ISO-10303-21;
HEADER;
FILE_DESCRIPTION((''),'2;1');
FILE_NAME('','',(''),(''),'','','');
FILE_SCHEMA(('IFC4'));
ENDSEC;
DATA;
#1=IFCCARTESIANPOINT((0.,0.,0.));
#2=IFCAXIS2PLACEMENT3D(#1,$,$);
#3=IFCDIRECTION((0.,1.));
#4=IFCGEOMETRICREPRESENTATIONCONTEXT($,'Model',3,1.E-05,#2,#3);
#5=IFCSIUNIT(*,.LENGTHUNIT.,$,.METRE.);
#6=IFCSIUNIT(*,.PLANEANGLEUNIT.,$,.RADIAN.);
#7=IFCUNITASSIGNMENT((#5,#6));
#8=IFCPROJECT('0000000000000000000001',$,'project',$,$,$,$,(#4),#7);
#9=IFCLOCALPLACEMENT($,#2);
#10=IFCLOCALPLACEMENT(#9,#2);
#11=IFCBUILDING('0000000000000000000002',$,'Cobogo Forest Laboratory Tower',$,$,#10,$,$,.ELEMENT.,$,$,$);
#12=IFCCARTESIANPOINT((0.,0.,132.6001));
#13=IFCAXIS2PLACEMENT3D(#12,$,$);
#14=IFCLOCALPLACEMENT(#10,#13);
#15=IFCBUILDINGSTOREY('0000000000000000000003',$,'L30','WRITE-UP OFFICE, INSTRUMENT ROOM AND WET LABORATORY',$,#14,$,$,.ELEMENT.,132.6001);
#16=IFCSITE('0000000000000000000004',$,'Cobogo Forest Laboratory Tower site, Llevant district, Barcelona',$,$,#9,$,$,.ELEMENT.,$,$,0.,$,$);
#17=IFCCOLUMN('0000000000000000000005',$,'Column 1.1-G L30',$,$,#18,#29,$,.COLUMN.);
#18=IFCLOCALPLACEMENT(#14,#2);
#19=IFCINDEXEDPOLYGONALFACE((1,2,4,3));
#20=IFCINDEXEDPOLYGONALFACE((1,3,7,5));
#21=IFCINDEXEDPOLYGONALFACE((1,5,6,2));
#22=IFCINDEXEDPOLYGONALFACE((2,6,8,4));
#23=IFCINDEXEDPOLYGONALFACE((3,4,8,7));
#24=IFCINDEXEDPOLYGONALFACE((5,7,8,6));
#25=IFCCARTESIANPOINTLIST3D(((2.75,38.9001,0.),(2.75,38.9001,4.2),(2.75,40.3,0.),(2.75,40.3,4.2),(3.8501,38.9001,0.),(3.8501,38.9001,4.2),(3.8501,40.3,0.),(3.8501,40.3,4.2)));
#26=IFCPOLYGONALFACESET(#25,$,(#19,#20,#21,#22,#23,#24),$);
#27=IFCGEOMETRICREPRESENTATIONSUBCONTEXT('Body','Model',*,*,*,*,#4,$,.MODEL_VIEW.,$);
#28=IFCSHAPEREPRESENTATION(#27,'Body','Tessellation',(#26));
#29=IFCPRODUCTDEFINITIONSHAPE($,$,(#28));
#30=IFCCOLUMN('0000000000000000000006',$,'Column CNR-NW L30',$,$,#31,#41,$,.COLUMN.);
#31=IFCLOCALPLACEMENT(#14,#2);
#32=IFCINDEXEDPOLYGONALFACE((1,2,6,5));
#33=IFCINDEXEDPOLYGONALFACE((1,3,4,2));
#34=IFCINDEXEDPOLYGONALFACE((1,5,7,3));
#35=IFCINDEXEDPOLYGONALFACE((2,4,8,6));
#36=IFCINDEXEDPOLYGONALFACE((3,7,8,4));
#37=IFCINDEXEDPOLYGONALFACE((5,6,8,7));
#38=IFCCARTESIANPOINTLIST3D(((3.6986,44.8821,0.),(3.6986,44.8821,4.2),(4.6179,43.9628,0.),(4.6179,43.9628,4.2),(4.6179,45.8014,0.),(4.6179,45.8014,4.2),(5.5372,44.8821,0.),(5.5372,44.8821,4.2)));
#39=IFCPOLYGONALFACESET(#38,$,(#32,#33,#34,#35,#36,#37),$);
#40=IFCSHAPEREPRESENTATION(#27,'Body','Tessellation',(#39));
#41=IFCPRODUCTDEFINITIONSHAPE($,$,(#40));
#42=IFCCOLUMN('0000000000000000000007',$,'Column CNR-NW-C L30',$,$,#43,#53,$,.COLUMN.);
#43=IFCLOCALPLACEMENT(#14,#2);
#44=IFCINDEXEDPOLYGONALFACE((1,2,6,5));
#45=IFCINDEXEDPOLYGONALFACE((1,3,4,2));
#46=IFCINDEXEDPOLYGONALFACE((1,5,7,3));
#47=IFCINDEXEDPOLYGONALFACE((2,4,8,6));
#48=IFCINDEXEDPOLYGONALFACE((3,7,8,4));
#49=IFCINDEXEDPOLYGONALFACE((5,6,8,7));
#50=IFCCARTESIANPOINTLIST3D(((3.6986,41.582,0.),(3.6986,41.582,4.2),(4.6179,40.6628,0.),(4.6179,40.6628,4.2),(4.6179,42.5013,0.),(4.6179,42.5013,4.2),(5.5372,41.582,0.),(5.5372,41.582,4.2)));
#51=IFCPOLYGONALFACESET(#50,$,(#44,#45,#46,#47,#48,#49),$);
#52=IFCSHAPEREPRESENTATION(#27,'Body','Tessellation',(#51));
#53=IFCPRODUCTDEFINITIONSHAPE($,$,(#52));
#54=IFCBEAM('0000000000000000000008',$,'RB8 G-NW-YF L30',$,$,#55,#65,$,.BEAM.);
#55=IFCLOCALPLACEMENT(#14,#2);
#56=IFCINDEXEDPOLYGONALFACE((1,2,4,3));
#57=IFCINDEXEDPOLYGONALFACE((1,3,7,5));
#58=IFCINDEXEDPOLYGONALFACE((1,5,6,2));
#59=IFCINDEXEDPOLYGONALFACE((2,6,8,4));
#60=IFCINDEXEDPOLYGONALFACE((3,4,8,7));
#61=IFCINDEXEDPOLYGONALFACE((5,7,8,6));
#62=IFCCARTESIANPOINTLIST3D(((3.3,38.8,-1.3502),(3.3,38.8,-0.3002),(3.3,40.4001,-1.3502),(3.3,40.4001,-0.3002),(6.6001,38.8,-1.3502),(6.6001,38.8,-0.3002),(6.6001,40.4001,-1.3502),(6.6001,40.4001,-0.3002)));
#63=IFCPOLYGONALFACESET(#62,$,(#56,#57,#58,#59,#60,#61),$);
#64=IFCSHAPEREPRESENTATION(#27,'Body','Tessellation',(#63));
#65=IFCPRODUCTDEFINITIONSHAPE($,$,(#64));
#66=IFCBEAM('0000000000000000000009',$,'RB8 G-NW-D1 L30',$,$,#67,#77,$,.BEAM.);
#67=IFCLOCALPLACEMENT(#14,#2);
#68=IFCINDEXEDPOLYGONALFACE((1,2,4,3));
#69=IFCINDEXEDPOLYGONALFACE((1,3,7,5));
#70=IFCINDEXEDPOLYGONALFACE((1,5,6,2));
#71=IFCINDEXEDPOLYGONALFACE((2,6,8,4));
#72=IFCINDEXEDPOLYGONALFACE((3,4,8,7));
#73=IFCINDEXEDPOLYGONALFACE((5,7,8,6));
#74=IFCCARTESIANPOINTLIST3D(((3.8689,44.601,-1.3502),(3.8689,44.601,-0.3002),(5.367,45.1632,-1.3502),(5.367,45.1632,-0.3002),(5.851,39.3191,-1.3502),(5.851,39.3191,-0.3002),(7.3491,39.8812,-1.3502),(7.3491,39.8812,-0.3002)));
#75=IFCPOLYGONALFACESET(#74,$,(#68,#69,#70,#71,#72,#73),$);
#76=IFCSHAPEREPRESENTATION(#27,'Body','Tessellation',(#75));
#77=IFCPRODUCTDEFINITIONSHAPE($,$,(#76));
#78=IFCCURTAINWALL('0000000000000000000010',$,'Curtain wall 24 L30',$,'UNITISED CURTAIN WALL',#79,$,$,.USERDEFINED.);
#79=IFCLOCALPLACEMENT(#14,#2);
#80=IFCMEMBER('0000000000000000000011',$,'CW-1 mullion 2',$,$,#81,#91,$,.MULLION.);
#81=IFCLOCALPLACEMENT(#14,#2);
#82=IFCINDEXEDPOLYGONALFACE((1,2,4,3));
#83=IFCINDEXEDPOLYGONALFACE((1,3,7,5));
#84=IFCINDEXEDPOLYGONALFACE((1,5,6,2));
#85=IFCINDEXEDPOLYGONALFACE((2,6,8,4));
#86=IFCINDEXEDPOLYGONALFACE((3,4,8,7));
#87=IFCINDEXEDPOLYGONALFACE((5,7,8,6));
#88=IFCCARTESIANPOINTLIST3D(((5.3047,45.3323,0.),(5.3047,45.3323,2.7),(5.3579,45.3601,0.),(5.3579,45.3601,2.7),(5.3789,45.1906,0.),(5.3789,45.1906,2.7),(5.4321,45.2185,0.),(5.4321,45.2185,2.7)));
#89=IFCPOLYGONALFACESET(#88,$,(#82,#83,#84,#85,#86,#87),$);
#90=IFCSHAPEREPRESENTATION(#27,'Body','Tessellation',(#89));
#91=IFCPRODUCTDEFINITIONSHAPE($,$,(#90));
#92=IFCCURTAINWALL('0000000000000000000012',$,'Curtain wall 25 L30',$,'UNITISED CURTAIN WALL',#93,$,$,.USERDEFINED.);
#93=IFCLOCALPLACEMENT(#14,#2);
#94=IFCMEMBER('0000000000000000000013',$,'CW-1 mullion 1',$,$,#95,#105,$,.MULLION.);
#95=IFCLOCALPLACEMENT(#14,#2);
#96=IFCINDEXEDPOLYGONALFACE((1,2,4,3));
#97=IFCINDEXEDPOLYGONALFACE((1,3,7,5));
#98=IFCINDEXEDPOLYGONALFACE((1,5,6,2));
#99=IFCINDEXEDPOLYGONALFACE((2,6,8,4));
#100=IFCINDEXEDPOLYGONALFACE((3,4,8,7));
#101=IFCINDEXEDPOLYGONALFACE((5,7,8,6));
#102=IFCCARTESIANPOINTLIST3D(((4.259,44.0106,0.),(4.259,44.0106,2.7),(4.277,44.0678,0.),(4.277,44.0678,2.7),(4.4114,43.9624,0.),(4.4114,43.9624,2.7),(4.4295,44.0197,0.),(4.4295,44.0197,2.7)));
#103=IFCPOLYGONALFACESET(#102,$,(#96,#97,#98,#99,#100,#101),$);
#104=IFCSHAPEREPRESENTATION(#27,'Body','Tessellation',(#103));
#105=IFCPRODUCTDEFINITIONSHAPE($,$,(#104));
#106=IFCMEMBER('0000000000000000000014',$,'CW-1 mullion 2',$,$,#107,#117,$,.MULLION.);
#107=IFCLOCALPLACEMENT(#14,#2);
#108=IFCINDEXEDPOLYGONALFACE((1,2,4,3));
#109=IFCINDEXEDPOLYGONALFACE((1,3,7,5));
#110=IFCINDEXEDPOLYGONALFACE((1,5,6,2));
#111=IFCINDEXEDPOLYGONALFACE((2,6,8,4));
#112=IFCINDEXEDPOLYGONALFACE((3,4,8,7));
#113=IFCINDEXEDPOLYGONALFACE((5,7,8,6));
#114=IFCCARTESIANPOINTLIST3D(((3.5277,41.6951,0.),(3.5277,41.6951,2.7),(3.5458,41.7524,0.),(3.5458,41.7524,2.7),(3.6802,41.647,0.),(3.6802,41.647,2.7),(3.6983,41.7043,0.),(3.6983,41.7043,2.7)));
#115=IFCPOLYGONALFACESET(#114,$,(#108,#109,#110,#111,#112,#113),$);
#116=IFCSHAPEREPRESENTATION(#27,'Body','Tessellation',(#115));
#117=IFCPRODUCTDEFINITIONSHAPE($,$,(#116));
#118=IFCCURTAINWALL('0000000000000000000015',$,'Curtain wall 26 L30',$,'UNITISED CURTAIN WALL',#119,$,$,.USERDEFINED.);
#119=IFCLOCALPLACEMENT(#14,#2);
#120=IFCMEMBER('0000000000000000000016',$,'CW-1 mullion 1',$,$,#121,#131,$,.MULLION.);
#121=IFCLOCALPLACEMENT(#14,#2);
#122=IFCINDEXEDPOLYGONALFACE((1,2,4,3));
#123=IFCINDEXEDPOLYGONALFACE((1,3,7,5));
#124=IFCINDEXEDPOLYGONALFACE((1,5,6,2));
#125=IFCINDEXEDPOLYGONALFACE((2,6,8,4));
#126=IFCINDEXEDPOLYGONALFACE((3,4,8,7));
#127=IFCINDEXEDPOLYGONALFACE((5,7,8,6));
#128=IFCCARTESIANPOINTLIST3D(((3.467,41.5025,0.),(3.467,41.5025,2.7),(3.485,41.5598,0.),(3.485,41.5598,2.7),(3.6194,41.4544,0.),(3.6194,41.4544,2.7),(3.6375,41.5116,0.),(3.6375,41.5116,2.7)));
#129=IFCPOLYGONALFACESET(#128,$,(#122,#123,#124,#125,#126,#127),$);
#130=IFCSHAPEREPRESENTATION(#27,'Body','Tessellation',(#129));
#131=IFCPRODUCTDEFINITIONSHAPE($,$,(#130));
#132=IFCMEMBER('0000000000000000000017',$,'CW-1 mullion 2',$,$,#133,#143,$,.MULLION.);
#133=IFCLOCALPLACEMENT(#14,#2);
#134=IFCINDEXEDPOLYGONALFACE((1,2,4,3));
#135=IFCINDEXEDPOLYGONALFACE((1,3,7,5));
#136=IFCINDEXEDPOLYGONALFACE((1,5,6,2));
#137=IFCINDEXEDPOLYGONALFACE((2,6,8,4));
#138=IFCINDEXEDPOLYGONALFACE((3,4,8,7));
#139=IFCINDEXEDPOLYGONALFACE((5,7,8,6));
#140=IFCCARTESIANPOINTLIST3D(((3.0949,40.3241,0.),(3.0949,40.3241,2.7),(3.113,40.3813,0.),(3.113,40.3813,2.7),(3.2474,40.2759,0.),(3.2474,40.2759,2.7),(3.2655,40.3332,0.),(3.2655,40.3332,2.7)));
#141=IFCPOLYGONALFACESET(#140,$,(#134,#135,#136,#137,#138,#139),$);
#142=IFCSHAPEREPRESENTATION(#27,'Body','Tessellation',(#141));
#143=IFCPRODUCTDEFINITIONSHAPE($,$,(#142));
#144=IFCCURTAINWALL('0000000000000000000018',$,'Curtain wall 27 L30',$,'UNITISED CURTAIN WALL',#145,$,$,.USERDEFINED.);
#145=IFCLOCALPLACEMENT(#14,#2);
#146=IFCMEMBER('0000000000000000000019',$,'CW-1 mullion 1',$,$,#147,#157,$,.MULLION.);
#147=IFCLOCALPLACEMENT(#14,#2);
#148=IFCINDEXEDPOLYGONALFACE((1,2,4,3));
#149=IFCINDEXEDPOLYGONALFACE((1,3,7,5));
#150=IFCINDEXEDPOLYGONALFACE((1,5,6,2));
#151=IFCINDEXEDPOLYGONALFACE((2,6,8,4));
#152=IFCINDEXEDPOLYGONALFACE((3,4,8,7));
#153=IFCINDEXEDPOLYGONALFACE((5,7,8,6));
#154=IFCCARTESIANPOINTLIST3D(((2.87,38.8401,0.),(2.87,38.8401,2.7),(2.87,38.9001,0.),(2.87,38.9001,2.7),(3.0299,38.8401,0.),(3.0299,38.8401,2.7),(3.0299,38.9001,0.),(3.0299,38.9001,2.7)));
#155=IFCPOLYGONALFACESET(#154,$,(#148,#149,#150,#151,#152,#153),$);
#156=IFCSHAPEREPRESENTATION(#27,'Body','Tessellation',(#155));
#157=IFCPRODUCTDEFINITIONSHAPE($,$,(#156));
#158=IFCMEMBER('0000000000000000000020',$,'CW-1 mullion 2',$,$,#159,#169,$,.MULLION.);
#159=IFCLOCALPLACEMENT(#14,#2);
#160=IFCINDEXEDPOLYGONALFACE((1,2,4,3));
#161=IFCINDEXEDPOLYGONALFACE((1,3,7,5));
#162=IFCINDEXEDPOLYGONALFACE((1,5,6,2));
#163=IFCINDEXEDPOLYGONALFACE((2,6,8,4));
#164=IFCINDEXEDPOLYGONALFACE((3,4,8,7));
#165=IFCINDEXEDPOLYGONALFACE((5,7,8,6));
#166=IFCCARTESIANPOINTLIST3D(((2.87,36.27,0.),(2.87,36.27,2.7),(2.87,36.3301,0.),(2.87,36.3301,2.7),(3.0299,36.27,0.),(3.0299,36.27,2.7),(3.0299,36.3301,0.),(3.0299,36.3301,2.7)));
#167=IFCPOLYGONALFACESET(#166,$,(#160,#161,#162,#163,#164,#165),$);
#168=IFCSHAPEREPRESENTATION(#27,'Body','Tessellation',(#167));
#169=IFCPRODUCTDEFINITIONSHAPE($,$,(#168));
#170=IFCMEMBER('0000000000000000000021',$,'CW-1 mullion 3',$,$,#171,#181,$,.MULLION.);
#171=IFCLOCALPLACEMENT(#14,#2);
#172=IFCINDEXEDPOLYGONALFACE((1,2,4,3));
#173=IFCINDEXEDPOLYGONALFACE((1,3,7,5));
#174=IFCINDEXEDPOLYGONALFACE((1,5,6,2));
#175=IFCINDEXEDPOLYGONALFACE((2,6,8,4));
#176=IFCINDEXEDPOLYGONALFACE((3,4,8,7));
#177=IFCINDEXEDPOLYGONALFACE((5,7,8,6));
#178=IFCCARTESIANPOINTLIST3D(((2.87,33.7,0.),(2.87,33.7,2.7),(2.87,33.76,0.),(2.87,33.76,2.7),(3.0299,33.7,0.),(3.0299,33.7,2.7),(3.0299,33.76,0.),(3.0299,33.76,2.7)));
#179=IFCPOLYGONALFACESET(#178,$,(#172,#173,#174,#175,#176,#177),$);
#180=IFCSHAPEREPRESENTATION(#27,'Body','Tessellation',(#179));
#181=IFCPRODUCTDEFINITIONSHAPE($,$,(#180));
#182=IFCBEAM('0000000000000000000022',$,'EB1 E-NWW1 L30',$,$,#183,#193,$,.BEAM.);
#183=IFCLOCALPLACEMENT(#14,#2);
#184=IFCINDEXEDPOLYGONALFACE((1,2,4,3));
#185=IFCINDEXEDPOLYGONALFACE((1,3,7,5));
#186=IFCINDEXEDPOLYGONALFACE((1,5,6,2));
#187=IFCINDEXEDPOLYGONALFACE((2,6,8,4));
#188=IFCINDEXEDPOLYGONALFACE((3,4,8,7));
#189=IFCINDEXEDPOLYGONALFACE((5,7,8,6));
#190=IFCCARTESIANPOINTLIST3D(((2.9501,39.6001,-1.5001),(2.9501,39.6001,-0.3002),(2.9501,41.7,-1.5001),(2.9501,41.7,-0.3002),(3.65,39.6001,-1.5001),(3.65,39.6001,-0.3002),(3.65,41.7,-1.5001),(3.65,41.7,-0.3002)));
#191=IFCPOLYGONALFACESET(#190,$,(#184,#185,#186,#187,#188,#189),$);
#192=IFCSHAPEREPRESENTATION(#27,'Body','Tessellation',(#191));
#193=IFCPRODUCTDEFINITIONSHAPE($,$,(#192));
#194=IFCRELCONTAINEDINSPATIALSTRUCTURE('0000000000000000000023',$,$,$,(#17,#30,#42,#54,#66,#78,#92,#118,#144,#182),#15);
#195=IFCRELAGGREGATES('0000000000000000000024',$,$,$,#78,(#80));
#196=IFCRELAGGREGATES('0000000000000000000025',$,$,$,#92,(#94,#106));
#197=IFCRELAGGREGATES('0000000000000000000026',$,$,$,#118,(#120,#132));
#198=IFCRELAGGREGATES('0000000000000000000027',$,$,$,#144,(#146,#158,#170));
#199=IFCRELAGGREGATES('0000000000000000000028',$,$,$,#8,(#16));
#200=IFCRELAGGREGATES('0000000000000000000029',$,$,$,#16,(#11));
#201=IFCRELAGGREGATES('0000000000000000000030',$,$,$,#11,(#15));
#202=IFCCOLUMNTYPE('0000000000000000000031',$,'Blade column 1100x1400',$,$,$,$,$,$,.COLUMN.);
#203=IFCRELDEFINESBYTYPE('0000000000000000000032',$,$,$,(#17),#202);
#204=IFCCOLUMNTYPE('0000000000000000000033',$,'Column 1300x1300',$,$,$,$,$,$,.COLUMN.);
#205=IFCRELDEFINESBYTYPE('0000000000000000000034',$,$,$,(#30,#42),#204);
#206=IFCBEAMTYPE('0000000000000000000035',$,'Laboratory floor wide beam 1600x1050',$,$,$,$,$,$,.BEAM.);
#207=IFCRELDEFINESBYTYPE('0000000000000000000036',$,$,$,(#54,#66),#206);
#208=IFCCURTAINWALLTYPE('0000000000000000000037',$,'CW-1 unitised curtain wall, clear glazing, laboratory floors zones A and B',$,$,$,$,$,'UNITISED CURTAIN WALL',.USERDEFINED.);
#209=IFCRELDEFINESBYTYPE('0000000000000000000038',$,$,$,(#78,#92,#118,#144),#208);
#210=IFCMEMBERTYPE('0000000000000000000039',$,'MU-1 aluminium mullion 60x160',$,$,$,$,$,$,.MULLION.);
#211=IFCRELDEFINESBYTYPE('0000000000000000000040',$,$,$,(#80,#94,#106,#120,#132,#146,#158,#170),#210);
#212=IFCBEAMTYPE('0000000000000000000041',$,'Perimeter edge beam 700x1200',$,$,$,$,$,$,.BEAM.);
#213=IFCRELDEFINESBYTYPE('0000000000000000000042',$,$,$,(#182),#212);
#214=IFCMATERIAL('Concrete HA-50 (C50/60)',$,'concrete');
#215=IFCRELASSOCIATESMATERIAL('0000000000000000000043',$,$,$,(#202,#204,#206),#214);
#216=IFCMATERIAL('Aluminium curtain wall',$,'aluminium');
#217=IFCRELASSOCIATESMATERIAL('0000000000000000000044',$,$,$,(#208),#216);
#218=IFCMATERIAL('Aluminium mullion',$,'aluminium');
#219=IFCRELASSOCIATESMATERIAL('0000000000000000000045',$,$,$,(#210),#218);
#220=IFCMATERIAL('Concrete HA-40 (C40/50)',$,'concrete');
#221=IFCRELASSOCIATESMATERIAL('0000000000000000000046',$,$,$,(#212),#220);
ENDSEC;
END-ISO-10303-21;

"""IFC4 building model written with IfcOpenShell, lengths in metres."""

from ifc_helpers import new_model, si_unit, direction, frame, origin, origin_2d, place, context, subcontext, project, spatial, rectangle, extrude, material, material_profile, profile_set, type_object, element, aggregate, save


model = new_model("IFC4")

# Units and contexts
model_context = context("Model", 3, precision=1e-05, world=origin(), true_north=direction((0.0, 1.0)))
body_context = subcontext(model_context, "Body", "Model", "MODEL_VIEW")
ifc_project = project(units=[si_unit("LENGTHUNIT", "METRE"), si_unit("PLANEANGLEUNIT", "RADIAN")], contexts=[model_context])

# Site, building, storey
site_placement = place(None, origin())
site = spatial("IfcSite", under=ifc_project, at=site_placement, Name="Cobogo Forest Laboratory Tower site, Llevant district, Barcelona", CompositionType="ELEMENT", RefElevation=0.0)
building_placement = place(site_placement, origin())
building = spatial("IfcBuilding", under=site, at=building_placement, Name="Cobogo Forest Laboratory Tower", CompositionType="ELEMENT")
storey_placement = place(building_placement, frame((0.0, 0.0, 132.6001)))
storey = spatial("IfcBuildingStorey", under=building, at=storey_placement, Name="L30", Description="WRITE-UP OFFICE, INSTRUMENT ROOM AND WET LABORATORY", CompositionType="ELEMENT", Elevation=132.6001)

# Columns
ifc_material_1 = material(Name="Concrete HA-50 (C50/60)", Category="concrete")
ifc_material_profile_1 = material_profile(ifc_material_1, rectangle(XDim=1.3999, YDim=1.1001, at=origin_2d()), Name="RC 1100x1400")
ifc_profile_set_1 = profile_set([ifc_material_profile_1], Name="Concrete HA-50 (C50/60)")
column_type_1 = type_object("IfcColumnType", Name="Blade column 1100x1400", PredefinedType="COLUMN", material=ifc_profile_set_1)
column_placement = place(storey_placement, frame((3.3, 39.6001, 0.0), z_axis=(0.0, 0.0, 1.0), x_axis=(0.0, 1.0, 0.0)))
element("IfcColumn", 1, at=column_placement, inside=storey, type_object=column_type_1, Name="Column 1.1-G L30", PredefinedType="COLUMN", context=body_context, shape_type="SweptSolid", body=[
    extrude(rectangle(XDim=1.3999, YDim=1.1001, at=origin_2d()), origin(), (0.0, 0.0, 1.0), 4.2),
])
ifc_material_profile_2 = material_profile(ifc_material_1, rectangle(XDim=1.3, YDim=1.3, at=origin_2d()), Name="RC 1300x1300")
ifc_profile_set_2 = profile_set([ifc_material_profile_2], Name="Concrete HA-50 (C50/60)")
column_type_2 = type_object("IfcColumnType", Name="Column 1300x1300", PredefinedType="COLUMN", material=ifc_profile_set_2)
for number, where, z_axis, x_axis, name in (
    (2, (4.6179, 44.8821, 0.0), (0.0, 0.0, 1.0), (0.707107, 0.707107, 0.0), "Column CNR-NW L30"),
    (3, (4.6179, 41.582, 0.0), (0.0, 0.0, 1.0), (0.707107, 0.707107, 0.0), "Column CNR-NW-C L30"),
):
    element("IfcColumn", number, at=place(storey_placement, frame(where, z_axis=z_axis, x_axis=x_axis)), inside=storey, type_object=column_type_2, Name=name, PredefinedType="COLUMN", context=body_context, shape_type="SweptSolid", body=[
        extrude(rectangle(XDim=1.3, YDim=1.3, at=origin_2d()), origin(), (0.0, 0.0, 1.0), 4.2),
    ])

# Beams
ifc_material_profile_3 = material_profile(ifc_material_1, rectangle(XDim=1.6001, YDim=1.05, at=origin_2d()), Name="RC 1600x1050")
ifc_profile_set_3 = profile_set([ifc_material_profile_3], Name="Concrete HA-50 (C50/60)")
beam_type_1 = type_object("IfcBeamType", Name="Laboratory floor wide beam 1600x1050", PredefinedType="BEAM", material=ifc_profile_set_3)
beam_1_placement = place(storey_placement, frame((3.3, 39.6001, -0.8252), z_axis=(1.0, 0.0, 0.0), x_axis=(0.0, 1.0, 0.0)))
element("IfcBeam", 4, at=beam_1_placement, inside=storey, type_object=beam_type_1, Name="RB8 G-NW-YF L30", PredefinedType="BEAM", context=body_context, shape_type="SweptSolid", body=[
    extrude(rectangle(XDim=1.6001, YDim=1.05, at=origin_2d()), origin(), (0.0, 0.0, 1.0), 3.3),
])
beam_2_placement = place(storey_placement, frame((4.6179, 44.8821, -0.8252), z_axis=(0.351346, -0.936246, 0.0), x_axis=(0.936246, 0.351346, 0.0)))
element("IfcBeam", 5, at=beam_2_placement, inside=storey, type_object=beam_type_1, Name="RB8 G-NW-D1 L30", PredefinedType="BEAM", context=body_context, shape_type="SweptSolid", body=[
    extrude(rectangle(XDim=1.6001, YDim=1.05, at=origin_2d()), origin(), (0.0, 0.0, 1.0), 5.6416),
])

# Curtain wall, member
ifc_material_2 = material(Name="Aluminium curtain wall", Category="aluminium")
curtain_wall_type = type_object("IfcCurtainWallType", Name="CW-1 unitised curtain wall, clear glazing, laboratory floors zones A and B", ElementType="UNITISED CURTAIN WALL", PredefinedType="USERDEFINED", material=ifc_material_2)
curtain_wall_1_placement = place(storey_placement, origin())
curtain_wall_1 = element("IfcCurtainWall", 6, at=curtain_wall_1_placement, inside=storey, type_object=curtain_wall_type, Name="Curtain wall 24 L30", ObjectType="UNITISED CURTAIN WALL", PredefinedType="USERDEFINED")
ifc_material_3 = material(Name="Aluminium mullion", Category="aluminium")
ifc_material_profile_4 = material_profile(ifc_material_3, rectangle(XDim=0.0601, YDim=0.1599, at=origin_2d()), Name="AL 60x160")
ifc_profile_set_4 = profile_set([ifc_material_profile_4], Name="Aluminium mullion")
member_type_1 = type_object("IfcMemberType", Name="MU-1 aluminium mullion 60x160", PredefinedType="MULLION", material=ifc_profile_set_4)
member_1_placement = place(storey_placement, frame((5.3684, 45.2754, 0.0), z_axis=(0.0, 0.0, 1.0), x_axis=(-0.885687, -0.464284, 0.0)))
member_1 = element("IfcMember", 7, at=member_1_placement, type_object=member_type_1, Name="CW-1 mullion 2", PredefinedType="MULLION", context=body_context, shape_type="SweptSolid", body=[
    extrude(rectangle(XDim=0.0601, YDim=0.1599, at=origin_2d()), origin(), (0.0, 0.0, 1.0), 2.7),
])

# Curtain walls, members
curtain_wall_2_placement = place(storey_placement, origin())
curtain_wall_2 = element("IfcCurtainWall", 8, at=curtain_wall_2_placement, inside=storey, type_object=curtain_wall_type, Name="Curtain wall 25 L30", ObjectType="UNITISED CURTAIN WALL", PredefinedType="USERDEFINED")
member_2_placement = place(storey_placement, frame((4.3442, 44.0151, 0.0), z_axis=(0.0, 0.0, 1.0), x_axis=(-0.301135, -0.953581, 0.0)))
member_2 = element("IfcMember", 9, at=member_2_placement, type_object=member_type_1, Name="CW-1 mullion 1", PredefinedType="MULLION", context=body_context, shape_type="SweptSolid", body=[
    extrude(rectangle(XDim=0.0601, YDim=0.1599, at=origin_2d()), origin(), (0.0, 0.0, 1.0), 2.7),
])
member_3_placement = place(storey_placement, frame((3.613, 41.6997, 0.0), z_axis=(0.0, 0.0, 1.0), x_axis=(-0.301135, -0.953581, 0.0)))
member_3 = element("IfcMember", 10, at=member_3_placement, type_object=member_type_1, Name="CW-1 mullion 2", PredefinedType="MULLION", context=body_context, shape_type="SweptSolid", body=[
    extrude(rectangle(XDim=0.0601, YDim=0.1599, at=origin_2d()), origin(), (0.0, 0.0, 1.0), 2.7),
])
curtain_wall_3_placement = place(storey_placement, origin())
curtain_wall_3 = element("IfcCurtainWall", 11, at=curtain_wall_3_placement, inside=storey, type_object=curtain_wall_type, Name="Curtain wall 26 L30", ObjectType="UNITISED CURTAIN WALL", PredefinedType="USERDEFINED")
member_4_placement = place(storey_placement, frame((3.5522, 41.5071, 0.0), z_axis=(0.0, 0.0, 1.0), x_axis=(-0.301135, -0.953581, 0.0)))
member_4 = element("IfcMember", 12, at=member_4_placement, type_object=member_type_1, Name="CW-1 mullion 1", PredefinedType="MULLION", context=body_context, shape_type="SweptSolid", body=[
    extrude(rectangle(XDim=0.0601, YDim=0.1599, at=origin_2d()), origin(), (0.0, 0.0, 1.0), 2.7),
])
member_5_placement = place(storey_placement, frame((3.1802, 40.3286, 0.0), z_axis=(0.0, 0.0, 1.0), x_axis=(-0.301135, -0.953581, 0.0)))
member_5 = element("IfcMember", 13, at=member_5_placement, type_object=member_type_1, Name="CW-1 mullion 2", PredefinedType="MULLION", context=body_context, shape_type="SweptSolid", body=[
    extrude(rectangle(XDim=0.0601, YDim=0.1599, at=origin_2d()), origin(), (0.0, 0.0, 1.0), 2.7),
])
curtain_wall_4_placement = place(storey_placement, origin())
curtain_wall_4 = element("IfcCurtainWall", 14, at=curtain_wall_4_placement, inside=storey, type_object=curtain_wall_type, Name="Curtain wall 27 L30", ObjectType="UNITISED CURTAIN WALL", PredefinedType="USERDEFINED")
member_6_placement = place(storey_placement, frame((2.95, 38.8701, 0.0), z_axis=(0.0, 0.0, 1.0), x_axis=(0.0, -1.0, 0.0)))
member_6 = element("IfcMember", 15, at=member_6_placement, type_object=member_type_1, Name="CW-1 mullion 1", PredefinedType="MULLION", context=body_context, shape_type="SweptSolid", body=[
    extrude(rectangle(XDim=0.0601, YDim=0.1599, at=origin_2d()), origin(), (0.0, 0.0, 1.0), 2.7),
])
member_7_placement = place(storey_placement, frame((2.95, 36.3, 0.0), z_axis=(0.0, 0.0, 1.0), x_axis=(0.0, -1.0, 0.0)))
member_7 = element("IfcMember", 16, at=member_7_placement, type_object=member_type_1, Name="CW-1 mullion 2", PredefinedType="MULLION", context=body_context, shape_type="SweptSolid", body=[
    extrude(rectangle(XDim=0.0601, YDim=0.1599, at=origin_2d()), origin(), (0.0, 0.0, 1.0), 2.7),
])
member_8_placement = place(storey_placement, frame((2.95, 33.73, 0.0), z_axis=(0.0, 0.0, 1.0), x_axis=(0.0, -1.0, 0.0)))
member_8 = element("IfcMember", 17, at=member_8_placement, type_object=member_type_1, Name="CW-1 mullion 3", PredefinedType="MULLION", context=body_context, shape_type="SweptSolid", body=[
    extrude(rectangle(XDim=0.0601, YDim=0.1599, at=origin_2d()), origin(), (0.0, 0.0, 1.0), 2.7),
])

# Beam
ifc_material_4 = material(Name="Concrete HA-40 (C40/50)", Category="concrete")
ifc_material_profile_5 = material_profile(ifc_material_4, rectangle(XDim=0.7, YDim=1.2, at=origin_2d()), Name="RC 700x1200")
ifc_profile_set_5 = profile_set([ifc_material_profile_5], Name="Concrete HA-40 (C40/50)")
beam_type_2 = type_object("IfcBeamType", Name="Perimeter edge beam 700x1200", PredefinedType="BEAM", material=ifc_profile_set_5)
beam_3_placement = place(storey_placement, frame((3.3, 39.6001, -0.9001), z_axis=(0.0, 1.0, 0.0), x_axis=(-1.0, 0.0, 0.0)))
element("IfcBeam", 18, at=beam_3_placement, inside=storey, type_object=beam_type_2, Name="EB1 E-NWW1 L30", PredefinedType="BEAM", context=body_context, shape_type="SweptSolid", body=[
    extrude(rectangle(XDim=0.7, YDim=1.2, at=origin_2d()), origin(), (0.0, 0.0, 1.0), 2.0999),
])

aggregate(curtain_wall_1, [member_1])
aggregate(curtain_wall_2, [member_2, member_3])
aggregate(curtain_wall_3, [member_4, member_5])
aggregate(curtain_wall_4, [member_6, member_7, member_8])

save(model, "model.ifc")
